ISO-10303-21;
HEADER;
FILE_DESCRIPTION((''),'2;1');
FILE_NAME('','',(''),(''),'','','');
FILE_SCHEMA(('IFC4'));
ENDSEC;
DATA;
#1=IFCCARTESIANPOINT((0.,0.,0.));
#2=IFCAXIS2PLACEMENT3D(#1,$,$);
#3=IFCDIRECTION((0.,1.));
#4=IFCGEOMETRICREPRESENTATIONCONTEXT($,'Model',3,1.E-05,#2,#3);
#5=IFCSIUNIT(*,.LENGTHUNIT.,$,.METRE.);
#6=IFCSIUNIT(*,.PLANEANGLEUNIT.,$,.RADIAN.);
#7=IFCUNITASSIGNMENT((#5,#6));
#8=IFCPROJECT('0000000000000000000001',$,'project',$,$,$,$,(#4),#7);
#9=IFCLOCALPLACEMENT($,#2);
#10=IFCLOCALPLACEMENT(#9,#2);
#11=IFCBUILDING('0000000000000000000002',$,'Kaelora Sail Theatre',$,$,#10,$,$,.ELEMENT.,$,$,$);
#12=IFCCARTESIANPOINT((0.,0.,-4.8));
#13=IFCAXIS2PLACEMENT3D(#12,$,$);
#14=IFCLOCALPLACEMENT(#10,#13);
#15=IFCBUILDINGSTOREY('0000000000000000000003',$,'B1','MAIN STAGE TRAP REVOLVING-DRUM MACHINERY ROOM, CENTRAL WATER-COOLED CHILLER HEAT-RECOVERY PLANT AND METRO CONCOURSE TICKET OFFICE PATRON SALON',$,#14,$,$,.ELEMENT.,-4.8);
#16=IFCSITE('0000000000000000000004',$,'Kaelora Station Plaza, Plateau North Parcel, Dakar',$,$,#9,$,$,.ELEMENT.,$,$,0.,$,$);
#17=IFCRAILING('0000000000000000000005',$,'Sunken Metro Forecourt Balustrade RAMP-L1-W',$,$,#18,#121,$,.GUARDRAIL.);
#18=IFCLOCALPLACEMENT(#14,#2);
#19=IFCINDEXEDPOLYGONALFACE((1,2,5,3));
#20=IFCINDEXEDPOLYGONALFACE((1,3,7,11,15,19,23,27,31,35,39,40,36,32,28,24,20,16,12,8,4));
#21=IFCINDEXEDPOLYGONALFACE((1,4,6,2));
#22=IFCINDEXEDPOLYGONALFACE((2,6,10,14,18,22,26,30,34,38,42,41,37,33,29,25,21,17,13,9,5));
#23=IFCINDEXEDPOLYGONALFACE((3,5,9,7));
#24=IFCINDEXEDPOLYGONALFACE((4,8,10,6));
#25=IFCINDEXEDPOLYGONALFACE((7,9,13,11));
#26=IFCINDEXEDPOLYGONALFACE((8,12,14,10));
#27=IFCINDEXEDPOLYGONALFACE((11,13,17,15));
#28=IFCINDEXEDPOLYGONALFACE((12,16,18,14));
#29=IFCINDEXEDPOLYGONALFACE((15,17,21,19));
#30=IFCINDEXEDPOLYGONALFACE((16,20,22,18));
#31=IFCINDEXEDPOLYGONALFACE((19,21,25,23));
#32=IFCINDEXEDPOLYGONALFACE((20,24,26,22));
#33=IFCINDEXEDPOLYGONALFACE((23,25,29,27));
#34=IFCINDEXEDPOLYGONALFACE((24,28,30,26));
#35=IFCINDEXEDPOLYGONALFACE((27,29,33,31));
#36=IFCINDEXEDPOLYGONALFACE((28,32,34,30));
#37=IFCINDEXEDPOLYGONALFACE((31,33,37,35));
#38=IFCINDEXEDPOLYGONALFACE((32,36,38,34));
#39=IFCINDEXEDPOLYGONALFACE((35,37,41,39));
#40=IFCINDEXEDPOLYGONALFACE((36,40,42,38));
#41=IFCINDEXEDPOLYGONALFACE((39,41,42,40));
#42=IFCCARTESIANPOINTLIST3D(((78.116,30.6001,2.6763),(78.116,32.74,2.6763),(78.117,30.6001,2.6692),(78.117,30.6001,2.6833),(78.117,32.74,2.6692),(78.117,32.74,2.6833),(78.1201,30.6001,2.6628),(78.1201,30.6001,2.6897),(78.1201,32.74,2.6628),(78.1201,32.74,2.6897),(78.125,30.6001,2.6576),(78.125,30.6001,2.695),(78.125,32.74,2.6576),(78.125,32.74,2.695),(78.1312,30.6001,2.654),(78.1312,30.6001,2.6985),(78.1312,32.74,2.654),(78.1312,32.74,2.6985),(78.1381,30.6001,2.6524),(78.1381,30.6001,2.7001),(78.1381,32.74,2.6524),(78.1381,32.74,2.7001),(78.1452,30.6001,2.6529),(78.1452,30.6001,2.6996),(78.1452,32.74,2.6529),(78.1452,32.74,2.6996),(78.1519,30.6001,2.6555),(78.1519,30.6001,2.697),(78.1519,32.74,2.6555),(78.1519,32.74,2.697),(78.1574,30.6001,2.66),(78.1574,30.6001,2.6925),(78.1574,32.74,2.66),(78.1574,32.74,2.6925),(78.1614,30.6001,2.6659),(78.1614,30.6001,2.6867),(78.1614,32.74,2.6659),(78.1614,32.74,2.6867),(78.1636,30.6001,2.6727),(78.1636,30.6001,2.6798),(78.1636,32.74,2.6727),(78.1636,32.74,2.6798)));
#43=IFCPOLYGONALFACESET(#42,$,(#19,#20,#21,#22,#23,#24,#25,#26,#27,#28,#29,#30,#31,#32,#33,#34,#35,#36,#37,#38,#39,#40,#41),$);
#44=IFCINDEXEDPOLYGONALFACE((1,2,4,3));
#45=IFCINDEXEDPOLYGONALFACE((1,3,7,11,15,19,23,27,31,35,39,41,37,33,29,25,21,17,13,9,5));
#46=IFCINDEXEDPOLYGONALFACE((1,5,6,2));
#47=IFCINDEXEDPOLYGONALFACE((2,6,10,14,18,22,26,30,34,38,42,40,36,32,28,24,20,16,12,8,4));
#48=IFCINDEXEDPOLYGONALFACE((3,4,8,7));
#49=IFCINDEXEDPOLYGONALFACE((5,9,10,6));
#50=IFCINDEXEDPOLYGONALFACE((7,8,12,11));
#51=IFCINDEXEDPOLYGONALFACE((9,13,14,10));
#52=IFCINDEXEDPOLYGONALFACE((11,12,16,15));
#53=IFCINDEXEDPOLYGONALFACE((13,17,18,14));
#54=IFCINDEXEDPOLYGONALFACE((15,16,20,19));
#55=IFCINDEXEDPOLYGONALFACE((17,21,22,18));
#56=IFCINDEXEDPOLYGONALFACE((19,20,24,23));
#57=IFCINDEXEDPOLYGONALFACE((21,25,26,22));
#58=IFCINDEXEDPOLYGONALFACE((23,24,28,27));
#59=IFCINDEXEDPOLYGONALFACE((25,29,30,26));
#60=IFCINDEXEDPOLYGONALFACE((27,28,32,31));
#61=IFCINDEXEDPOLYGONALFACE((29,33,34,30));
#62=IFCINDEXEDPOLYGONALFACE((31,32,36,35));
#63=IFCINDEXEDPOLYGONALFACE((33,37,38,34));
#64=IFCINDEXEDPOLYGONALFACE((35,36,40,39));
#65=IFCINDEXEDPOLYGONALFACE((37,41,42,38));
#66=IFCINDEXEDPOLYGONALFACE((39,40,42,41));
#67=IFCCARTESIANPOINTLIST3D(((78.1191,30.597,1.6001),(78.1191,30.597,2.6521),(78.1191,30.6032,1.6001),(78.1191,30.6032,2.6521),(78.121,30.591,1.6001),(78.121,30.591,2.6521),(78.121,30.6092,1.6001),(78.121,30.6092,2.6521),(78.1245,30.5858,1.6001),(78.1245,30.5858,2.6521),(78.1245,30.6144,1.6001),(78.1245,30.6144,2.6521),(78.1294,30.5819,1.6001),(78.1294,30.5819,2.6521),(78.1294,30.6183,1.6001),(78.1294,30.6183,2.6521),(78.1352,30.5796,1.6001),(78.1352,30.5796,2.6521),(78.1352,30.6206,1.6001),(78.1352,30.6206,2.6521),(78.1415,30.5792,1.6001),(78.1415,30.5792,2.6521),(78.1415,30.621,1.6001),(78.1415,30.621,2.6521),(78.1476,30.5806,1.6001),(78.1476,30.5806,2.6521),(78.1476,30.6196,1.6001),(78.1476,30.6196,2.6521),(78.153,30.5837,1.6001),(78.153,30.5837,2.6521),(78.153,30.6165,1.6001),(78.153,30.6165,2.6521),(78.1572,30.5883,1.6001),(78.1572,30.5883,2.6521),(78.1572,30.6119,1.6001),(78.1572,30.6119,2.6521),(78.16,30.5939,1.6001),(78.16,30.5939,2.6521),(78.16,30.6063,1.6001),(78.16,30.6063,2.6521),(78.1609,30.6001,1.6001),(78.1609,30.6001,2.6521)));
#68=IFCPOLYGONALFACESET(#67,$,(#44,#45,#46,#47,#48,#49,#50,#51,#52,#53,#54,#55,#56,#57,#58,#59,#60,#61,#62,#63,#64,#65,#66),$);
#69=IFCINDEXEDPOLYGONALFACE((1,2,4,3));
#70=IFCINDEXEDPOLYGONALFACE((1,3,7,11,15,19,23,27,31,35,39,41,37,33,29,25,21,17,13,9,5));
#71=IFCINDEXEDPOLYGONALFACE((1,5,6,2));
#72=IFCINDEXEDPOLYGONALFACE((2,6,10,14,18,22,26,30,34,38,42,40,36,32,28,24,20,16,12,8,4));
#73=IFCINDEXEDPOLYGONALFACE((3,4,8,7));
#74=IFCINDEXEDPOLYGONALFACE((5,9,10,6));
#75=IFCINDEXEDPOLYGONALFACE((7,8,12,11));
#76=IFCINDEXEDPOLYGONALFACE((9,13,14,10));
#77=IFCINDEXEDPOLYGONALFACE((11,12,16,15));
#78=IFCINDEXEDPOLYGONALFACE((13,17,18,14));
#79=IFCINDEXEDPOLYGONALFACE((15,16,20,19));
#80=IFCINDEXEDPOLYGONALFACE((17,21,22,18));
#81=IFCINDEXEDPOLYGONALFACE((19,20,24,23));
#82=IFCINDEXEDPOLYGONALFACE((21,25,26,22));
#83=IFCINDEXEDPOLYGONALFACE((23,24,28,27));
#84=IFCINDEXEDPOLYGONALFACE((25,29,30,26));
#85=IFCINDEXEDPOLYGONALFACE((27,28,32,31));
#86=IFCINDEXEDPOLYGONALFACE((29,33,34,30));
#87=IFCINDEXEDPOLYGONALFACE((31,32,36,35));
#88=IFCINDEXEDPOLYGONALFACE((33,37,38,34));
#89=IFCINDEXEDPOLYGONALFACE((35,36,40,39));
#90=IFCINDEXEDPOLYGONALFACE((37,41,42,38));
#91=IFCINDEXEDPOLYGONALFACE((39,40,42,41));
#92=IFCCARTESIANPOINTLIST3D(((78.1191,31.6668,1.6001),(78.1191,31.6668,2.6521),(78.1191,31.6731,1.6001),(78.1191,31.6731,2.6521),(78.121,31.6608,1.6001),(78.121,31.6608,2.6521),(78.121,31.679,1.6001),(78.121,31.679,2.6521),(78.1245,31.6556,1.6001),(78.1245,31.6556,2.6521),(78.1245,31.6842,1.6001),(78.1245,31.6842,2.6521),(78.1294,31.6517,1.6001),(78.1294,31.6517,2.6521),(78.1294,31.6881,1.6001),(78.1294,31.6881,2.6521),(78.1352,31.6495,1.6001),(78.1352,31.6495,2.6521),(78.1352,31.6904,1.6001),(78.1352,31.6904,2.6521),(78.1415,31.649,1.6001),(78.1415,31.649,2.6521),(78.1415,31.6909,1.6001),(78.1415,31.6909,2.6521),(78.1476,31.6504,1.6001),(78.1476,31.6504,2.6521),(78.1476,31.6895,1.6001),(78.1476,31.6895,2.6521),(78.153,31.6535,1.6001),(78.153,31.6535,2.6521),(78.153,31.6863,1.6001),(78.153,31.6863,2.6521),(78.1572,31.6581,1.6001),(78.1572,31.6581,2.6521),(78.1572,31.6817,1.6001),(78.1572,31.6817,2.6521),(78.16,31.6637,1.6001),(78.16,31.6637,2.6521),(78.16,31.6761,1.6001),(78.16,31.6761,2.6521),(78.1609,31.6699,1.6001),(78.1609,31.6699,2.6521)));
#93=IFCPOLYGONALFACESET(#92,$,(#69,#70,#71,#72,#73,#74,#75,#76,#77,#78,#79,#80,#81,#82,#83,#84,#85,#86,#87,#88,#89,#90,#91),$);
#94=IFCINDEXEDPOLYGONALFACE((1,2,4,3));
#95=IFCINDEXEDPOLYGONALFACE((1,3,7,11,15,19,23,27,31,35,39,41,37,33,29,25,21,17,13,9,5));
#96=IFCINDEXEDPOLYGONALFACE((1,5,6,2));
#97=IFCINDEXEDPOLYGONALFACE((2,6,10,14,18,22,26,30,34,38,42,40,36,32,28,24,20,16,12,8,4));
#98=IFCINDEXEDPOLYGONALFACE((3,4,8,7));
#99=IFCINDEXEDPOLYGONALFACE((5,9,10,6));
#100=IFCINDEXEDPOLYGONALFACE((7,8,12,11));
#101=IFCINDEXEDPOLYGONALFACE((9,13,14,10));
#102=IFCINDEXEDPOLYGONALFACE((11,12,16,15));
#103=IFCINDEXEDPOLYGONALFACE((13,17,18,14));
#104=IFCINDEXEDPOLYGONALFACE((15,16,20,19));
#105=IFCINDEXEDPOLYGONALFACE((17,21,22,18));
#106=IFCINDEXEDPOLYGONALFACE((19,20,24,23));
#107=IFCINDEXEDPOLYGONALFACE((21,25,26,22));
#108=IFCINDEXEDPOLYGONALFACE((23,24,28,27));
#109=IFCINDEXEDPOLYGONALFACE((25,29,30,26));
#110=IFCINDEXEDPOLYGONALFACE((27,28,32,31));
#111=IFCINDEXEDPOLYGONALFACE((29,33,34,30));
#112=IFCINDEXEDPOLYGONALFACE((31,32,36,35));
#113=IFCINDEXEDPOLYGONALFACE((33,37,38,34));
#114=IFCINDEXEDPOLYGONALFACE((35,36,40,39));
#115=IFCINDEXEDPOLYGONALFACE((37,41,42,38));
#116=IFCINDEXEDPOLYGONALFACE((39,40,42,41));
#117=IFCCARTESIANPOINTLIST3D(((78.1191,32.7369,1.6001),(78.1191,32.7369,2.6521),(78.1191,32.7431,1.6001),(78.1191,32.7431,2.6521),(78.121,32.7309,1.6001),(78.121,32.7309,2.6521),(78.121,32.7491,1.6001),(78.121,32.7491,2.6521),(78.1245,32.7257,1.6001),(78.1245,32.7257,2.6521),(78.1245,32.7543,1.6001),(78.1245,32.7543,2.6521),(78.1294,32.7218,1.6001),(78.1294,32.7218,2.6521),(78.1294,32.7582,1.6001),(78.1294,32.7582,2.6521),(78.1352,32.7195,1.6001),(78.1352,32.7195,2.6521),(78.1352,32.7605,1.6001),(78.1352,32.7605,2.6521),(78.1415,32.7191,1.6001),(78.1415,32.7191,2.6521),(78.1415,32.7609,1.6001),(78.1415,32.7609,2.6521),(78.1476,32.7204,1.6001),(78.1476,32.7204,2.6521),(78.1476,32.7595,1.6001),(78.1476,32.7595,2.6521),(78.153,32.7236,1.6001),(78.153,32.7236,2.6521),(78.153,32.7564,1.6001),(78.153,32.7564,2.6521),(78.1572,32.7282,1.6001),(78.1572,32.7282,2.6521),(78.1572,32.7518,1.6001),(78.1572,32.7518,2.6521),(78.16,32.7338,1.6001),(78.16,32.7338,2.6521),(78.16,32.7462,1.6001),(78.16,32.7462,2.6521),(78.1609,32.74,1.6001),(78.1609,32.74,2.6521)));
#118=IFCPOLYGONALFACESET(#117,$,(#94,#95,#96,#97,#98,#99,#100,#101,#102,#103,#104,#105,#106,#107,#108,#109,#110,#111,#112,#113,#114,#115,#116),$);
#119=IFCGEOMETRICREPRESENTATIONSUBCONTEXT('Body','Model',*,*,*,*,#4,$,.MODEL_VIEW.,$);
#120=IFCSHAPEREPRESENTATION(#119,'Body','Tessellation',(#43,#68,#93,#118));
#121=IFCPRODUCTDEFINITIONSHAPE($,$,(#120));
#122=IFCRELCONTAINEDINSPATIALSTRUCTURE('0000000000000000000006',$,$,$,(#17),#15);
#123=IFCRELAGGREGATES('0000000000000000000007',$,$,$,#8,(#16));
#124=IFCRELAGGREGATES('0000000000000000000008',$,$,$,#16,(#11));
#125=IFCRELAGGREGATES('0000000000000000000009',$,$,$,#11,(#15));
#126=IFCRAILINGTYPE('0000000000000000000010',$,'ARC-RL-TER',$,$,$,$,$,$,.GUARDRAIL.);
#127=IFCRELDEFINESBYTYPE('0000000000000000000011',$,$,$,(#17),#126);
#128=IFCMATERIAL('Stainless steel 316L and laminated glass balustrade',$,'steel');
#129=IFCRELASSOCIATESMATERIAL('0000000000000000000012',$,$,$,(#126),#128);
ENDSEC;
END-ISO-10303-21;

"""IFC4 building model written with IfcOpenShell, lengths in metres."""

from ifc_helpers import new_model, si_unit, direction, frame, origin, origin_2d, place, context, subcontext, project, spatial, circle, extrude, material, type_object, element, save


model = new_model("IFC4")

# Units and contexts
model_context = context("Model", 3, precision=1e-05, world=origin(), true_north=direction((0.0, 1.0)))
body_context = subcontext(model_context, "Body", "Model", "MODEL_VIEW")
ifc_project = project(units=[si_unit("LENGTHUNIT", "METRE"), si_unit("PLANEANGLEUNIT", "RADIAN")], contexts=[model_context])

# Site, building, storey
site_placement = place(None, origin())
site = spatial("IfcSite", under=ifc_project, at=site_placement, Name="Kaelora Station Plaza, Plateau North Parcel, Dakar", CompositionType="ELEMENT", RefElevation=0.0)
building_placement = place(site_placement, origin())
building = spatial("IfcBuilding", under=site, at=building_placement, Name="Kaelora Sail Theatre", CompositionType="ELEMENT")
storey_placement = place(building_placement, frame((0.0, 0.0, -4.8)))
storey = spatial("IfcBuildingStorey", under=building, at=storey_placement, Name="B1", Description="MAIN STAGE TRAP REVOLVING-DRUM MACHINERY ROOM, CENTRAL WATER-COOLED CHILLER HEAT-RECOVERY PLANT AND METRO CONCOURSE TICKET OFFICE PATRON SALON", CompositionType="ELEMENT", Elevation=-4.8)

# Railing
ifc_material_1 = material(Name="Stainless steel 316L and laminated glass balustrade", Category="steel")
railing_type = type_object("IfcRailingType", Name="ARC-RL-TER", PredefinedType="GUARDRAIL", material=ifc_material_1)
railing_1_placement = place(storey_placement, frame((78.1399, 30.6001, 1.6001)))
element("IfcRailing", 1, at=railing_1_placement, inside=storey, type_object=railing_type, Name="Sunken Metro Forecourt Balustrade RAMP-L1-W", PredefinedType="GUARDRAIL", context=body_context, shape_type="SweptSolid", body=[
    extrude(circle(Radius=0.0239, at=origin_2d()), frame((0.0, 0.0, 1.0762), z_axis=(0.0, 1.0, 0.0), x_axis=(-1.0, 0.0, 0.0)), (0.0, 0.0, 1.0), 2.1399),
    extrude(circle(Radius=0.021, at=origin_2d()), origin(), (0.0, 0.0, 1.0), 1.052),
    extrude(circle(Radius=0.021, at=origin_2d()), frame((0.0, 1.0698, 0.0)), (0.0, 0.0, 1.0), 1.052),
    extrude(circle(Radius=0.021, at=origin_2d()), frame((0.0, 2.1399, 0.0)), (0.0, 0.0, 1.0), 1.052),
])

save(model, "model.ifc")
